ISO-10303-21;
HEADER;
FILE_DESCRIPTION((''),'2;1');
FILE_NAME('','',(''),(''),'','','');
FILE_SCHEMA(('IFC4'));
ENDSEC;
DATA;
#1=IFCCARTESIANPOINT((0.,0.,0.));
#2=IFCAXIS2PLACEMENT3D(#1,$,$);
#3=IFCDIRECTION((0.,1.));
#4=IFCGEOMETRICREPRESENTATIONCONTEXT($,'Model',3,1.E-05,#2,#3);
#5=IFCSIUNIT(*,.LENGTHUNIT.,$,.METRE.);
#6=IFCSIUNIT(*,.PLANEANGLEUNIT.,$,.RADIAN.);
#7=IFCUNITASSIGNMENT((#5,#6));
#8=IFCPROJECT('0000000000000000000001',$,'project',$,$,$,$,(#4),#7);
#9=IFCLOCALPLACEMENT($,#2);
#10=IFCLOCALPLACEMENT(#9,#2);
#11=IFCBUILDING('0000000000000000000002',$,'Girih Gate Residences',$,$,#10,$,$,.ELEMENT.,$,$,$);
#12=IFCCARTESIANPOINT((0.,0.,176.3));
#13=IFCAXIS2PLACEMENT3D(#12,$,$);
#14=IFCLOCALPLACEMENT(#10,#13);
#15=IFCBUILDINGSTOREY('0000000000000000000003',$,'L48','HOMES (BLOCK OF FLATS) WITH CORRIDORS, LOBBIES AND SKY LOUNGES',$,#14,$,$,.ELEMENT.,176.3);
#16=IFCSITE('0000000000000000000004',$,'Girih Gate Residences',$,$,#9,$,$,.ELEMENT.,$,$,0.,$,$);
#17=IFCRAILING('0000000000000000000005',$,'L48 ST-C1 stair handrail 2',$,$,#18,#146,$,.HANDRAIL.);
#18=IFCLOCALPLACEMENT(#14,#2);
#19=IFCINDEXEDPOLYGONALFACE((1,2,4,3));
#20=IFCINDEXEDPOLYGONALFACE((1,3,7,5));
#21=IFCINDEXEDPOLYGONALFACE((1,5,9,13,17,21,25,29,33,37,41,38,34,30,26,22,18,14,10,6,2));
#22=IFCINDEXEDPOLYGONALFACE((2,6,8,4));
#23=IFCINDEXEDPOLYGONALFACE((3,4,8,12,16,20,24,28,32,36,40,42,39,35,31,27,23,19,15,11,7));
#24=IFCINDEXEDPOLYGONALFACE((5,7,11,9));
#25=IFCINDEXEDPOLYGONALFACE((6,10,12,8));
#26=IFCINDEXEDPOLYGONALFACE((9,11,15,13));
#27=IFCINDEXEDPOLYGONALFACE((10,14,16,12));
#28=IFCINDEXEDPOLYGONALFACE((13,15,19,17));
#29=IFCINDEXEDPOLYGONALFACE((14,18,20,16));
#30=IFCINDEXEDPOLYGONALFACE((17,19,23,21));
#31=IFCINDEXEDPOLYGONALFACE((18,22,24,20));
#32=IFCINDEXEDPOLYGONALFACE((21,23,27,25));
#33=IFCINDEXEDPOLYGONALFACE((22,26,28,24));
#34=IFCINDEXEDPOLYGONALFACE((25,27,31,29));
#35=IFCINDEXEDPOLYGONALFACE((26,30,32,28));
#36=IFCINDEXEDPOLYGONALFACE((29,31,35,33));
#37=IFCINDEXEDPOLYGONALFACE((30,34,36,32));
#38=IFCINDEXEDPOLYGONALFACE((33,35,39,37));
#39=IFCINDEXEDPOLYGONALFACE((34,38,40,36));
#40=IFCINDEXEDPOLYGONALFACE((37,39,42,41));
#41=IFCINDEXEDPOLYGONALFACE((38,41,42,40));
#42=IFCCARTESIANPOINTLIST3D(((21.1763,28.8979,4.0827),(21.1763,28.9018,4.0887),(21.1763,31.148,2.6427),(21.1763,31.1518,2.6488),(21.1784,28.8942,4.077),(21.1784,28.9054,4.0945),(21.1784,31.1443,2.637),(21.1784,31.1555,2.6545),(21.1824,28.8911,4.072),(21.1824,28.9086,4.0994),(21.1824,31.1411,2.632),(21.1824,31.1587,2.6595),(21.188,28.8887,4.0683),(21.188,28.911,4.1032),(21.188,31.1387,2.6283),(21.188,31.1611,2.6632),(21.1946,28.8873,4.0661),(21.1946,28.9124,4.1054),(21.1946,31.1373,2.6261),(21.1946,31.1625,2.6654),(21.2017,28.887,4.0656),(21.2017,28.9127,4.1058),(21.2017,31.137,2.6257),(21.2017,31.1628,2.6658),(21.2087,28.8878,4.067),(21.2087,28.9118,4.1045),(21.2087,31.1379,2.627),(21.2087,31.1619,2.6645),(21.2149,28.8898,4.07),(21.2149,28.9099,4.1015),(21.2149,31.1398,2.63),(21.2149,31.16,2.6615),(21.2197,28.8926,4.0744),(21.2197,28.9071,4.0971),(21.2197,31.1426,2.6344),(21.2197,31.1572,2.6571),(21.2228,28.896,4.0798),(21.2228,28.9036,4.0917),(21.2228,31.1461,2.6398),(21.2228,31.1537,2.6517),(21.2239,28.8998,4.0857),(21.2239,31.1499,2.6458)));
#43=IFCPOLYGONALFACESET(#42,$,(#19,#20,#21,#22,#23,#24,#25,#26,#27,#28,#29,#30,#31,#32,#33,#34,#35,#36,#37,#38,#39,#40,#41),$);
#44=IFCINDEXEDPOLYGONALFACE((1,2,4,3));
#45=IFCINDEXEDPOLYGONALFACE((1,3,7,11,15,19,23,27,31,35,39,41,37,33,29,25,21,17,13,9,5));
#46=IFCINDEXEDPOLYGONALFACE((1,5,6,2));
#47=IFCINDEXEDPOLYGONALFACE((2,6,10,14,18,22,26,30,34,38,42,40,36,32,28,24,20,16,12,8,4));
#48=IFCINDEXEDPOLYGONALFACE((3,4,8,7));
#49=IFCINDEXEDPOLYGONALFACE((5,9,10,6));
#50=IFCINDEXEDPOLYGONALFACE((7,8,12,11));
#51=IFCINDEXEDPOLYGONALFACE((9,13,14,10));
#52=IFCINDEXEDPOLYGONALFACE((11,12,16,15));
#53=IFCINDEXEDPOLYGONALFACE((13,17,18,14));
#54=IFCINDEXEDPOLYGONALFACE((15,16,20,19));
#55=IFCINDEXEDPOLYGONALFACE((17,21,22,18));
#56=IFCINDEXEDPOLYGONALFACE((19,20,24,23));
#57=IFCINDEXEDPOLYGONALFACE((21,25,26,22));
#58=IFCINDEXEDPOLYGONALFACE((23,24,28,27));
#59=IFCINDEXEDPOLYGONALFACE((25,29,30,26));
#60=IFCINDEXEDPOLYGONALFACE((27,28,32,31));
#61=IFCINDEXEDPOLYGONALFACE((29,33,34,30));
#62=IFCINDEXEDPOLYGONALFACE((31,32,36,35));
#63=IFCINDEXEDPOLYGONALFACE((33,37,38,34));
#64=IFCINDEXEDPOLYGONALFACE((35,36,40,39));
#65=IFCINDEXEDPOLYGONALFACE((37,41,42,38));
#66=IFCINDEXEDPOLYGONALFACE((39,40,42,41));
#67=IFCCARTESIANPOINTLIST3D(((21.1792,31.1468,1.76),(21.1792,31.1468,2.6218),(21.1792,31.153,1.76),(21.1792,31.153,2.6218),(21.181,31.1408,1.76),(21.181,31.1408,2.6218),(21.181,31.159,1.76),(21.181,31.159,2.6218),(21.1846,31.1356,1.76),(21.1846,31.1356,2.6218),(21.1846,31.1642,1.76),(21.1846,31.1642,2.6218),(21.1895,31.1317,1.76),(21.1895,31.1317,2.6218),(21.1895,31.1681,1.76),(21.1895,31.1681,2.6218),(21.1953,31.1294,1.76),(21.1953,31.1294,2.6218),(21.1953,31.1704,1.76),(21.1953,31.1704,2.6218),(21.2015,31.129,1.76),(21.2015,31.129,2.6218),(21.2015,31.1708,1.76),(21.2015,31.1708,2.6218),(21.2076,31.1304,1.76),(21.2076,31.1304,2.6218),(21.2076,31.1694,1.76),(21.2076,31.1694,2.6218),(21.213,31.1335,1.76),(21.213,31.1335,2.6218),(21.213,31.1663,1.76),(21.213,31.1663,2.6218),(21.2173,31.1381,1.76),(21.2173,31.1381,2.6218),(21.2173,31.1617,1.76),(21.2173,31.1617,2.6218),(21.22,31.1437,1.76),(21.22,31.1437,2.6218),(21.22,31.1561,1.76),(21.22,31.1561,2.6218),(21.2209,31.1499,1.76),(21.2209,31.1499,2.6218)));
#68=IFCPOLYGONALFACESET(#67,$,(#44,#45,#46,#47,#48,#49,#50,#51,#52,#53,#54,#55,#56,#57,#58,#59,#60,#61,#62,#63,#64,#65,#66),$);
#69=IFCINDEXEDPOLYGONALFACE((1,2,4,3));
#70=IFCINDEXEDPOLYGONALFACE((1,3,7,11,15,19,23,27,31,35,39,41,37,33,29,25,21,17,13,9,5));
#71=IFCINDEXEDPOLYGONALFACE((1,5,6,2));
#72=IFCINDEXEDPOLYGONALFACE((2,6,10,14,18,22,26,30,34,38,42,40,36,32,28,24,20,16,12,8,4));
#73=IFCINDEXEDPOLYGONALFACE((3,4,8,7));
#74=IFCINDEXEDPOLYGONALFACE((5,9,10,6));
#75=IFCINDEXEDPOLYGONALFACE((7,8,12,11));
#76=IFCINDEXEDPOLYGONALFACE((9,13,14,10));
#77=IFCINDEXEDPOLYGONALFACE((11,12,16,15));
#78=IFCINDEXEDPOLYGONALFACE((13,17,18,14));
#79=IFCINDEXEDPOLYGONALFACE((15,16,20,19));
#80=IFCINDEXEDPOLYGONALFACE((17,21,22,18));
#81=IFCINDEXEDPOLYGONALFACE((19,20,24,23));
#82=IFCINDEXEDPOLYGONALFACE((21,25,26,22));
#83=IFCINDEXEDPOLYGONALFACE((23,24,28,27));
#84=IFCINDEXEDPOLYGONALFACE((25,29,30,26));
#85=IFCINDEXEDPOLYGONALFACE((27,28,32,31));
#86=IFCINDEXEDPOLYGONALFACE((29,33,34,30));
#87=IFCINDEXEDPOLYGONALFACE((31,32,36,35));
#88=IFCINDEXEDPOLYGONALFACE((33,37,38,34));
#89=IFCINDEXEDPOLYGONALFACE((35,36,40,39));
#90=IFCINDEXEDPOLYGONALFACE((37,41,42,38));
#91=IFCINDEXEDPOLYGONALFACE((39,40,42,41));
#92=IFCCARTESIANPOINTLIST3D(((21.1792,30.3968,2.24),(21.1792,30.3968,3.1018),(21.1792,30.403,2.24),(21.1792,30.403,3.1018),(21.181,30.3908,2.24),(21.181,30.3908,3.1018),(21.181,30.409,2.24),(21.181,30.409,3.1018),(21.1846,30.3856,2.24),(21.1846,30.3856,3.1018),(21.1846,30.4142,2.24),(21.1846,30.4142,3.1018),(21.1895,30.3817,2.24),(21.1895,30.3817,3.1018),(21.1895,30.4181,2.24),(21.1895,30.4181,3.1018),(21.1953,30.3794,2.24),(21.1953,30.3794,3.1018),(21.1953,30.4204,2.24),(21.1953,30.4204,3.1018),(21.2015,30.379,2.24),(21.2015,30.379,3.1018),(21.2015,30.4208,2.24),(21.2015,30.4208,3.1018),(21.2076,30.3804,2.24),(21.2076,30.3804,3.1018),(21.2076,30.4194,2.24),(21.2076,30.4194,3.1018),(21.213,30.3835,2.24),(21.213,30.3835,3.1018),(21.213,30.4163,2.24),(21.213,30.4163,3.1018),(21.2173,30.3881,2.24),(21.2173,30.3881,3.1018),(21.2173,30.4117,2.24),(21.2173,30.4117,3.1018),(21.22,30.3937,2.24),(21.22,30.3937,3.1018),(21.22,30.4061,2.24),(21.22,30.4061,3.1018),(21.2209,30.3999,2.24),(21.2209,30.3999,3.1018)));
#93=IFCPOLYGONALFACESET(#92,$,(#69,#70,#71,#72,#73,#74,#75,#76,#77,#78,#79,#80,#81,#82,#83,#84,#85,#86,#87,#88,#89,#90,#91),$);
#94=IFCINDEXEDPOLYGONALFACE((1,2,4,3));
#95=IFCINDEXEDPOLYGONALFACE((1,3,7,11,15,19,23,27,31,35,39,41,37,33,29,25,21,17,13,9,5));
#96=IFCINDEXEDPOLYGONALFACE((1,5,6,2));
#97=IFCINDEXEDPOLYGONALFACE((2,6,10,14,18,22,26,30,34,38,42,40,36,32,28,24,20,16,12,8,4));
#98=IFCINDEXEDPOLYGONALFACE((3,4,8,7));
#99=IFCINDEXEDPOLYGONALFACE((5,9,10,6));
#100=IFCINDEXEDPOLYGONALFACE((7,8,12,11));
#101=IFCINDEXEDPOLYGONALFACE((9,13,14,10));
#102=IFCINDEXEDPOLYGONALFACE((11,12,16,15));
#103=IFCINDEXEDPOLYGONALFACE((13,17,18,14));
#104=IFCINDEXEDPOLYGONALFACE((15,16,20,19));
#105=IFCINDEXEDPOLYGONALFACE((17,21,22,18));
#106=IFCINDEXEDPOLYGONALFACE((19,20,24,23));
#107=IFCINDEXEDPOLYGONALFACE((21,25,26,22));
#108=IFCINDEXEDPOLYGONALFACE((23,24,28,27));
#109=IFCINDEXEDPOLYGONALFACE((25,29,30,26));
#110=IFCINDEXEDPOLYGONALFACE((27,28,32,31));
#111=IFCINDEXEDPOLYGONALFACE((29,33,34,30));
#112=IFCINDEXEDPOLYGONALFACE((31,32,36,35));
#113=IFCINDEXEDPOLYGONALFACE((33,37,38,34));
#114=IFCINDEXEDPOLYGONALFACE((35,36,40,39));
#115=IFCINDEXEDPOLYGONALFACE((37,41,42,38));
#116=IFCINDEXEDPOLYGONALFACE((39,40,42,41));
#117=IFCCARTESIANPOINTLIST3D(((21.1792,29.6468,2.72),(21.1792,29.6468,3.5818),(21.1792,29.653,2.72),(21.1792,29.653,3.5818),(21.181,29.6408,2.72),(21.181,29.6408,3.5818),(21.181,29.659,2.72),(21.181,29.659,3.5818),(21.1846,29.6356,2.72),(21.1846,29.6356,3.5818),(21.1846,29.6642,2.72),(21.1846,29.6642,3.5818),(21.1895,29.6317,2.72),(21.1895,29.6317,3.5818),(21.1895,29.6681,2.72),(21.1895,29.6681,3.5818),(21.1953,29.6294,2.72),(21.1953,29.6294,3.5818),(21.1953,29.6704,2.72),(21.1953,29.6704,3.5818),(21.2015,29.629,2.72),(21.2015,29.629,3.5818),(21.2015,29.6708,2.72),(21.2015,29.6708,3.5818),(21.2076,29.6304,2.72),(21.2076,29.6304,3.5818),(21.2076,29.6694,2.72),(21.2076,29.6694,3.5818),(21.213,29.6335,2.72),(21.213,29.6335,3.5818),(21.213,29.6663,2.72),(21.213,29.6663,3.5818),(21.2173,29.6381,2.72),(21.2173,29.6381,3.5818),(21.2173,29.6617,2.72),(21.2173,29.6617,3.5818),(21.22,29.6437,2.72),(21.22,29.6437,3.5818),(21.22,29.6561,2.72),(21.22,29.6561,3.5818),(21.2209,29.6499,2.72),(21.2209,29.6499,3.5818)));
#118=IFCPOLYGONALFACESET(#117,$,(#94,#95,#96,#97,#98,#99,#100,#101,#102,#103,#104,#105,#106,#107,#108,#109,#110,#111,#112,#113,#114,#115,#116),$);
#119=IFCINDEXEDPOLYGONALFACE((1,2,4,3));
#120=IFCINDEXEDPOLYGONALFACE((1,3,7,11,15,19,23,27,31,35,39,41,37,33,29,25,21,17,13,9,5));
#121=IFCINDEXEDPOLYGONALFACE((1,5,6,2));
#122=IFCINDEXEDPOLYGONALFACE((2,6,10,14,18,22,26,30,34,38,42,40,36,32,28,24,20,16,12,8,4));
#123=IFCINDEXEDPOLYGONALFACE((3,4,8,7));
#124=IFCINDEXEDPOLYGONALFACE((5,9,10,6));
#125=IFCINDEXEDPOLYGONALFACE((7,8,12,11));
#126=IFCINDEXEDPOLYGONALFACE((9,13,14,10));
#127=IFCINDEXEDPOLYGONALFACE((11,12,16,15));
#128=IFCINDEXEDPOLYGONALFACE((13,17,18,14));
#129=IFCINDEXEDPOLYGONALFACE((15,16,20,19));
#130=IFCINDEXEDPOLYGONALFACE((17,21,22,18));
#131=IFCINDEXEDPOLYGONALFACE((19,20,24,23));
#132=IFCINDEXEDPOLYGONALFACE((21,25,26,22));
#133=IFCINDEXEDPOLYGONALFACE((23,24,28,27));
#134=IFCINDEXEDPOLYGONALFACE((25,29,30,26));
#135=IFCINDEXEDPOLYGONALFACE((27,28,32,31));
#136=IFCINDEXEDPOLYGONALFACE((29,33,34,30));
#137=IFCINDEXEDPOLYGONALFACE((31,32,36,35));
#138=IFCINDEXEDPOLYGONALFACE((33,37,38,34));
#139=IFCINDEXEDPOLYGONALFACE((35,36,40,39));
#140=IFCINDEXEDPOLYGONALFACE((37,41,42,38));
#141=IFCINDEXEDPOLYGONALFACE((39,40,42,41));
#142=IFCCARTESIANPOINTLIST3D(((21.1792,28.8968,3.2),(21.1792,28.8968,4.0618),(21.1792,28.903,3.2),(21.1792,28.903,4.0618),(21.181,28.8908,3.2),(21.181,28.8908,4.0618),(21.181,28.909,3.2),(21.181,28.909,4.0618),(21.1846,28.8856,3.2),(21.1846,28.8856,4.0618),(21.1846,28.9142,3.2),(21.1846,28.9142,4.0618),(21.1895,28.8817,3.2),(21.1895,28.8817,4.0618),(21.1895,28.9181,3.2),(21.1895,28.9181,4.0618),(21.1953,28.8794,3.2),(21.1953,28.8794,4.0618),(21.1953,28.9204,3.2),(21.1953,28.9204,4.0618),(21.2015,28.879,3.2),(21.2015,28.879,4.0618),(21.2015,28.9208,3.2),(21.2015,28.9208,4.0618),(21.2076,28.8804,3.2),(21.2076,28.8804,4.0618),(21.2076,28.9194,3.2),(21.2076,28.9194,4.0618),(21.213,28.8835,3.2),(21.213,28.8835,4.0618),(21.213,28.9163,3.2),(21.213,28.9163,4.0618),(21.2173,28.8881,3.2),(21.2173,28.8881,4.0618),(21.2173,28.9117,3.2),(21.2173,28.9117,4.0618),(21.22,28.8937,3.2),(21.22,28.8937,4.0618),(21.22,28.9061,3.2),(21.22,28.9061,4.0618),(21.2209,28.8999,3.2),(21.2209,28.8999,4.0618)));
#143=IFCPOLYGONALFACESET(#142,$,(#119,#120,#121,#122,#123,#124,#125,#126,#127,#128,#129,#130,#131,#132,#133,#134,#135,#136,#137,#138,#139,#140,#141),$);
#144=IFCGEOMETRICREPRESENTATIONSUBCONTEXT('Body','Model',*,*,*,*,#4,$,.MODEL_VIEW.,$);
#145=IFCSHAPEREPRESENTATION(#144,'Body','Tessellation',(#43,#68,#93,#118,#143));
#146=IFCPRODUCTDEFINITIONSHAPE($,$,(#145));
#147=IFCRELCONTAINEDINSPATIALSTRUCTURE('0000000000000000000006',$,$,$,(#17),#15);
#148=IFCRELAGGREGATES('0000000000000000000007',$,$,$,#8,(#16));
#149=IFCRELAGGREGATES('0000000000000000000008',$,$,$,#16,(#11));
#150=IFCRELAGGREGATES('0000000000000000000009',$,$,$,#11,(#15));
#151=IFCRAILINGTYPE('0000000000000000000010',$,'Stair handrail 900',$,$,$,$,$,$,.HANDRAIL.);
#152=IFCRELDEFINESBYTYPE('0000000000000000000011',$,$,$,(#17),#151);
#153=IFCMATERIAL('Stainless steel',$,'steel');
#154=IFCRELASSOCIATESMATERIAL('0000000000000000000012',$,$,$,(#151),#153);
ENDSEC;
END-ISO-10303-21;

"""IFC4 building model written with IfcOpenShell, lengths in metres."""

from ifc_helpers import new_model, si_unit, direction, frame, origin, origin_2d, place, context, subcontext, project, spatial, circle, extrude, material, type_object, element, save


model = new_model("IFC4")

# Units and contexts
model_context = context("Model", 3, precision=1e-05, world=origin(), true_north=direction((0.0, 1.0)))
body_context = subcontext(model_context, "Body", "Model", "MODEL_VIEW")
ifc_project = project(units=[si_unit("LENGTHUNIT", "METRE"), si_unit("PLANEANGLEUNIT", "RADIAN")], contexts=[model_context])

# Site, building, storey
site_placement = place(None, origin())
site = spatial("IfcSite", under=ifc_project, at=site_placement, Name="Girih Gate Residences", CompositionType="ELEMENT", RefElevation=0.0)
building_placement = place(site_placement, origin())
building = spatial("IfcBuilding", under=site, at=building_placement, Name="Girih Gate Residences", CompositionType="ELEMENT")
storey_placement = place(building_placement, frame((0.0, 0.0, 176.3)))
storey = spatial("IfcBuildingStorey", under=building, at=storey_placement, Name="L48", Description="HOMES (BLOCK OF FLATS) WITH CORRIDORS, LOBBIES AND SKY LOUNGES", CompositionType="ELEMENT", Elevation=176.3)

# Railing
ifc_material_1 = material(Name="Stainless steel", Category="steel")
railing_type_1 = type_object("IfcRailingType", Name="Stair handrail 900", PredefinedType="HANDRAIL", material=ifc_material_1)
railing_1_placement = place(storey_placement, frame((21.2, 31.1499, 1.76)))
element("IfcRailing", 1, at=railing_1_placement, inside=storey, type_object=railing_type_1, Name="L48 ST-C1 stair handrail 2", PredefinedType="HANDRAIL", context=body_context, shape_type="SweptSolid", body=[
    extrude(circle(Radius=0.0239, at=origin_2d()), frame((0.0, 0.0, 0.8857), z_axis=(0.0, -0.842281, 0.539038), x_axis=(1.0, 0.0, 0.0)), (0.0, 0.0, 1.0), 2.6714),
    extrude(circle(Radius=0.021, at=origin_2d()), origin(), (0.0, 0.0, 1.0), 0.8618),
    extrude(circle(Radius=0.021, at=origin_2d()), frame((0.0, -0.75, 0.48)), (0.0, 0.0, 1.0), 0.8618),
    extrude(circle(Radius=0.021, at=origin_2d()), frame((0.0, -1.5, 0.96)), (0.0, 0.0, 1.0), 0.8618),
    extrude(circle(Radius=0.021, at=origin_2d()), frame((0.0, -2.25, 1.4399)), (0.0, 0.0, 1.0), 0.8618),
])

save(model, "model.ifc")
